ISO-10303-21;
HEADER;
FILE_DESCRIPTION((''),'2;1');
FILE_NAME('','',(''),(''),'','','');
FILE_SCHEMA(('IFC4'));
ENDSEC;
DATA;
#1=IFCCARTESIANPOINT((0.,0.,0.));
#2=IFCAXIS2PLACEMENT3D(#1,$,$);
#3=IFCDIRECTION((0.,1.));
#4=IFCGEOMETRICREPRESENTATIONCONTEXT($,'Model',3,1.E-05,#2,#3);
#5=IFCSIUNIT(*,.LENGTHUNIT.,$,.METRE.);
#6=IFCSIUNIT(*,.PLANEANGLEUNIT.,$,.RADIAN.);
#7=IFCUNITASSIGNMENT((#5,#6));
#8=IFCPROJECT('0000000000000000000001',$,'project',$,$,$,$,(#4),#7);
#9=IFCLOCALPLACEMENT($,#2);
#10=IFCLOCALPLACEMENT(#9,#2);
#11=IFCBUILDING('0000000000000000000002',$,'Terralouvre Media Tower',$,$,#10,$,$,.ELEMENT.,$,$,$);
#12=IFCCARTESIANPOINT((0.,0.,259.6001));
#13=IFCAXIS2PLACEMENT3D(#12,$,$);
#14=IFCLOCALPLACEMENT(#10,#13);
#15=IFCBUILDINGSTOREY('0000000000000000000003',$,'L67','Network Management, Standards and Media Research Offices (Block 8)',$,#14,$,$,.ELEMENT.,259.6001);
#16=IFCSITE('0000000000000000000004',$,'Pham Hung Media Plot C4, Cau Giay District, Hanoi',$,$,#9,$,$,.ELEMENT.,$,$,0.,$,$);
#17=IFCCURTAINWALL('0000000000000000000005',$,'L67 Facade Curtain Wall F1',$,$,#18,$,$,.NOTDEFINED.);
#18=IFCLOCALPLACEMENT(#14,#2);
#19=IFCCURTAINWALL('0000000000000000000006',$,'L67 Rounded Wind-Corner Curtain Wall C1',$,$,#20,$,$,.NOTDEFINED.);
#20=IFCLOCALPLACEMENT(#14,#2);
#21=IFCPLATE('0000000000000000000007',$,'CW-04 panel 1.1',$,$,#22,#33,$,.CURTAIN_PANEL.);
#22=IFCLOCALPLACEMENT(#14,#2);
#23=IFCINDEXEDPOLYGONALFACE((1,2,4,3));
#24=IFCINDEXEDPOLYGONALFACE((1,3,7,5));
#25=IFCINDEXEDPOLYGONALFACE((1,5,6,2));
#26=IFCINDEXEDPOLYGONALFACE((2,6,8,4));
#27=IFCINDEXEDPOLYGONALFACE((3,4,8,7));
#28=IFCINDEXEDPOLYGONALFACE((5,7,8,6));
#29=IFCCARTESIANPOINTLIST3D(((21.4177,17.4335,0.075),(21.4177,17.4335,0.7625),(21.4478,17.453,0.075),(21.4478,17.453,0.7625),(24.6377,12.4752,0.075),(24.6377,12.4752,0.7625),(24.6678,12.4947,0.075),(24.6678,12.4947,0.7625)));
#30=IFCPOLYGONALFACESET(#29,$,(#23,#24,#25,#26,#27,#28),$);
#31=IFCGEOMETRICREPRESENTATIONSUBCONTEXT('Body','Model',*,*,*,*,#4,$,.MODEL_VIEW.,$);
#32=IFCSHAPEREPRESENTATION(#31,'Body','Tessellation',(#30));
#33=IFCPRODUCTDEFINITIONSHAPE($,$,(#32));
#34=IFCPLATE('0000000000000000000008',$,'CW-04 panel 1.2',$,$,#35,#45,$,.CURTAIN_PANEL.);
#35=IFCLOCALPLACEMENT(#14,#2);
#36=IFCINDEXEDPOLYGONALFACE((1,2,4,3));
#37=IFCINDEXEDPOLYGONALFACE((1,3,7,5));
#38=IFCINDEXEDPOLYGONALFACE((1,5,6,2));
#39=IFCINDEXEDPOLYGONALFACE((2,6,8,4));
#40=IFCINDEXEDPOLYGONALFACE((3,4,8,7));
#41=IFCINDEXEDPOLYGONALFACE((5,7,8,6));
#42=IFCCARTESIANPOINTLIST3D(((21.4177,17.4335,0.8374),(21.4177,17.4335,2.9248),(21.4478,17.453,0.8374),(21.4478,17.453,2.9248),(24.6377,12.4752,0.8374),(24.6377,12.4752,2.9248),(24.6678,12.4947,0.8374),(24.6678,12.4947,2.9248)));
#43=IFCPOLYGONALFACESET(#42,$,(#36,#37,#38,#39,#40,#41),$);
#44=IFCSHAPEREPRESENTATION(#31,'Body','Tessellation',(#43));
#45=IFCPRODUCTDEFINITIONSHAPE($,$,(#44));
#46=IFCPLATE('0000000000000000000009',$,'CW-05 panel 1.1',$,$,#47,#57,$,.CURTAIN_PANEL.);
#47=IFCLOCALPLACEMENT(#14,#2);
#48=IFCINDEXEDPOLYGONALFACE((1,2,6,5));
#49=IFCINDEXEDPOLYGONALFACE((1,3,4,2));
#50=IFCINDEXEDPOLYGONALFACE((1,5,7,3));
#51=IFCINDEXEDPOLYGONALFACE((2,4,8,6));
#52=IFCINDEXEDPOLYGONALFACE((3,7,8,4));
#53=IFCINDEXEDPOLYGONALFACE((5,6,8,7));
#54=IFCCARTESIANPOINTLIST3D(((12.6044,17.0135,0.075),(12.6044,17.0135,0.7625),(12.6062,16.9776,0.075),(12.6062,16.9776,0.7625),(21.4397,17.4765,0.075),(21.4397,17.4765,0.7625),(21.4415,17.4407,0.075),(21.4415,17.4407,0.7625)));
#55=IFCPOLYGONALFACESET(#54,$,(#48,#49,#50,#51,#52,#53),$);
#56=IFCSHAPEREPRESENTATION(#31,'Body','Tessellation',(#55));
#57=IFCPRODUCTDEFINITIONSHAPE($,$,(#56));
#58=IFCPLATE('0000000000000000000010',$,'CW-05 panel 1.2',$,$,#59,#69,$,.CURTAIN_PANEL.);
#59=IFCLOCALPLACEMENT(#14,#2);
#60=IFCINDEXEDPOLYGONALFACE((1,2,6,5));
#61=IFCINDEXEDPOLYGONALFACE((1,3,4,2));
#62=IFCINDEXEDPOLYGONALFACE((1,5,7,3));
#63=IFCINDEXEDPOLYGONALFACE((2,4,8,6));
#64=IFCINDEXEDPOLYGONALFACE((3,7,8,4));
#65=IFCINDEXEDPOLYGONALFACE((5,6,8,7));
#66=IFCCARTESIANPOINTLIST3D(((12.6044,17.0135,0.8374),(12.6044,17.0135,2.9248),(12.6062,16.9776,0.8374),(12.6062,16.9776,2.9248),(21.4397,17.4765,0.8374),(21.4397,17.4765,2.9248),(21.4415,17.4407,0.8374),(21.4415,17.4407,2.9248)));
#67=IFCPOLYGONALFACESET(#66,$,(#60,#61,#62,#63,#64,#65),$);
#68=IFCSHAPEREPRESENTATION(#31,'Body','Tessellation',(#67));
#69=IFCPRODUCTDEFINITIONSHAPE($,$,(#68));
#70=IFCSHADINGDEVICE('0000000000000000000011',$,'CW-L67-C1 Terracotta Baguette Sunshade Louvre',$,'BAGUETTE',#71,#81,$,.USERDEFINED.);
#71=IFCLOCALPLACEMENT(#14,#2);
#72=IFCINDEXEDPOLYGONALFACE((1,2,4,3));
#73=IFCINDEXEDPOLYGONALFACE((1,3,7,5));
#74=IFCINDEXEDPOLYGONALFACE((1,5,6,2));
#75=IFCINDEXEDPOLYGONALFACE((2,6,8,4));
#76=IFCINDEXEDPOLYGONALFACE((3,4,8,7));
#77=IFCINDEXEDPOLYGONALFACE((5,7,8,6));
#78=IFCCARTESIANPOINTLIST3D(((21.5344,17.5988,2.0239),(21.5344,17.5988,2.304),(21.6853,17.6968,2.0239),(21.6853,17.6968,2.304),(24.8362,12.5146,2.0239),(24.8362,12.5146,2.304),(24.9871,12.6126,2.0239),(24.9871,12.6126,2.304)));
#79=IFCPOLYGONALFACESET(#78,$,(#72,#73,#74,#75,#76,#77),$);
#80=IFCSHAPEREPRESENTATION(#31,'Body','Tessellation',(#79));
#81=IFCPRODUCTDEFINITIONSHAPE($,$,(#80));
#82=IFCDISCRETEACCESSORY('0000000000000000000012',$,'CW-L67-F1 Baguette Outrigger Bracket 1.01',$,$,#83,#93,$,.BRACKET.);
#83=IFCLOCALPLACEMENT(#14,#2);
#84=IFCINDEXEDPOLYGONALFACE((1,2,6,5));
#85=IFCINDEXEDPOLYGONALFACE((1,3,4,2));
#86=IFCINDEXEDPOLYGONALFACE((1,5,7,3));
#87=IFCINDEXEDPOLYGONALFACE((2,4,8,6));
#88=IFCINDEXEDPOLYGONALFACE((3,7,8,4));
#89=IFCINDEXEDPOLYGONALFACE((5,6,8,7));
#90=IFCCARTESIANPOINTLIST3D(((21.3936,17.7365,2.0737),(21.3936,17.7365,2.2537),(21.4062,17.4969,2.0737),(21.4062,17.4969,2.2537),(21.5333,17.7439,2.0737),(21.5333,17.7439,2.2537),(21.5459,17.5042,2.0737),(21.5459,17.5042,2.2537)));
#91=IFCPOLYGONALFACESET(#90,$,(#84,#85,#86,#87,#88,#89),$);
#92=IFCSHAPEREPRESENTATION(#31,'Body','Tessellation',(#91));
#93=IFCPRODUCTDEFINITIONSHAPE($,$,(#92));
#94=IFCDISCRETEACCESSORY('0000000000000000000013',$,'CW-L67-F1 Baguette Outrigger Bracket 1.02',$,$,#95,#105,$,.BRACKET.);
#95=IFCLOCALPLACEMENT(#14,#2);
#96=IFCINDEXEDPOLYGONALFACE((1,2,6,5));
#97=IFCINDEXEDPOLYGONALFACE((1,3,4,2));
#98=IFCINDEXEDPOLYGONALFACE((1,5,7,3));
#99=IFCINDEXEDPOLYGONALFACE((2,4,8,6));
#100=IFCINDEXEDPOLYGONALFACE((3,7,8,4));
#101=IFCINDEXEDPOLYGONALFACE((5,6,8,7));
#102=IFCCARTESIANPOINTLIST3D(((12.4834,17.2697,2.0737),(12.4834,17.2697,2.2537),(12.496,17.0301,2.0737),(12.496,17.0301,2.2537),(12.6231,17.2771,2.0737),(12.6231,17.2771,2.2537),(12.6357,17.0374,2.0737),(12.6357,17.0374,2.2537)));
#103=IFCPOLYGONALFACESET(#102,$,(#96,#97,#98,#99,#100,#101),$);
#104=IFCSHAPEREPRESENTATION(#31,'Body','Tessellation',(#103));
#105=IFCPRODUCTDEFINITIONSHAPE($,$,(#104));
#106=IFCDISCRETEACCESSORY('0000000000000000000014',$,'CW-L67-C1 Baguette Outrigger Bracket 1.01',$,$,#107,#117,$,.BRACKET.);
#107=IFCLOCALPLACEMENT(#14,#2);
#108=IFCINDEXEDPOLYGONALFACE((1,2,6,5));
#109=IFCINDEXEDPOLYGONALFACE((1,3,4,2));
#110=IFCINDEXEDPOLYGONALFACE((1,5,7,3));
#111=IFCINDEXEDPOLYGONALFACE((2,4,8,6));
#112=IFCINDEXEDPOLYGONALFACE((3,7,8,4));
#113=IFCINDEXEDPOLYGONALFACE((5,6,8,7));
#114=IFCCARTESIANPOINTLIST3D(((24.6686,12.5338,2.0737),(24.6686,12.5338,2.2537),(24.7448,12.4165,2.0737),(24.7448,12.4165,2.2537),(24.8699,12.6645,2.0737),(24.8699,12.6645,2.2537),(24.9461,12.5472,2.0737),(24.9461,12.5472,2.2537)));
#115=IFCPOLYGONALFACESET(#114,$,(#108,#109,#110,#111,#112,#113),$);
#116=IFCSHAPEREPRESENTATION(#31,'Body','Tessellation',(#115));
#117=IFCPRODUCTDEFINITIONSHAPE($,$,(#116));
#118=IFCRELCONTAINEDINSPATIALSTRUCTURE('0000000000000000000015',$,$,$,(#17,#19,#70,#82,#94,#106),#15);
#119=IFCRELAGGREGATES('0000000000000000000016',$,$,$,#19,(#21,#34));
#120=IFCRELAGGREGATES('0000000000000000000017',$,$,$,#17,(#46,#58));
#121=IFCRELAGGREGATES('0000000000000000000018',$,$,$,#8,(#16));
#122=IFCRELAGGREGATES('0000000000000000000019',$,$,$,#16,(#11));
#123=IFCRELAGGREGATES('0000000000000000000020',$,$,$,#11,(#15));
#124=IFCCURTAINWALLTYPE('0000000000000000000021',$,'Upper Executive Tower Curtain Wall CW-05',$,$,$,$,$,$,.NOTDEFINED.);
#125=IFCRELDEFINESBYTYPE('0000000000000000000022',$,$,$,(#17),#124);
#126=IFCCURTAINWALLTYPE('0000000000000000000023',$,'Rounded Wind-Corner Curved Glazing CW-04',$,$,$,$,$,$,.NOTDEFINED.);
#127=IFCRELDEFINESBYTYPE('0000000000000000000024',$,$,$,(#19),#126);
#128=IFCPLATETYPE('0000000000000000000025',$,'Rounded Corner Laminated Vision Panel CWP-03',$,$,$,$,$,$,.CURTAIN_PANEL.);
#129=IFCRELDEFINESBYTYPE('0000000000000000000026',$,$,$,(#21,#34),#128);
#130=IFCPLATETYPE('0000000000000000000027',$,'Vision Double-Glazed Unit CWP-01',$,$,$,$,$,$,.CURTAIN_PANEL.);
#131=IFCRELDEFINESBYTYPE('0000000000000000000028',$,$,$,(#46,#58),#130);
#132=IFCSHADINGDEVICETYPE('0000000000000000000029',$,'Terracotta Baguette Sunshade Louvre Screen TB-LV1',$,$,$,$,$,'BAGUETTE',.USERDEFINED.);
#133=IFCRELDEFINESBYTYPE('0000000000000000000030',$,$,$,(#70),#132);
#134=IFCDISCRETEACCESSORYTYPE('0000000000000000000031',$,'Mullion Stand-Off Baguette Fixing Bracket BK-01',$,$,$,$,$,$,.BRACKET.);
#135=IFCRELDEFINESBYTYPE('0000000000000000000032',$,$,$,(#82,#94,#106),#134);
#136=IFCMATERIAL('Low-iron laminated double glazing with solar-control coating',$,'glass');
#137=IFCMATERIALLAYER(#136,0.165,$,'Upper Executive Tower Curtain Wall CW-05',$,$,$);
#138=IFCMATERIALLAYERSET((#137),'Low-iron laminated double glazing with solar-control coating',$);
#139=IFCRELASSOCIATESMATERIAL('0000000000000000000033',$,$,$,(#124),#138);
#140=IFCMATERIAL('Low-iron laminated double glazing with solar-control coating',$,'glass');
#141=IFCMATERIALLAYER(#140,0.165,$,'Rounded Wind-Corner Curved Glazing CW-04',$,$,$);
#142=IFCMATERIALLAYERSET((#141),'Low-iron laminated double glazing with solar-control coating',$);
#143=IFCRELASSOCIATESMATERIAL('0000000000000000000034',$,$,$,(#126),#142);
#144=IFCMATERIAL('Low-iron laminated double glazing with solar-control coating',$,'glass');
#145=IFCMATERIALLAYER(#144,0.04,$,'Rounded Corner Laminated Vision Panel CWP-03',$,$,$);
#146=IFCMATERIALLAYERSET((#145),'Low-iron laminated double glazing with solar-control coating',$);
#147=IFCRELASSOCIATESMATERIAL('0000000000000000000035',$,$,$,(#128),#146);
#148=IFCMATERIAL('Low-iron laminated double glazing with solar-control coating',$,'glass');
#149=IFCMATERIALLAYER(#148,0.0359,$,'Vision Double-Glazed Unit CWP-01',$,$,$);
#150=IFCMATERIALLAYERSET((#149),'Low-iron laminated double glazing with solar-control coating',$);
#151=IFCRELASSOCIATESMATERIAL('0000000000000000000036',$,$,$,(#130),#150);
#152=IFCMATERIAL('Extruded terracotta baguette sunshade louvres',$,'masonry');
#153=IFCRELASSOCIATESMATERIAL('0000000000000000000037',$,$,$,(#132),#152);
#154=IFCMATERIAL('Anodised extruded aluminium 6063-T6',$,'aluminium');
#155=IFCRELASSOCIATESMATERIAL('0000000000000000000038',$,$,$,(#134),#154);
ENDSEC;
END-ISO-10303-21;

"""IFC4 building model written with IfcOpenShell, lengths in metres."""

from ifc_helpers import new_model, si_unit, direction, frame, origin, origin_2d, place, context, subcontext, project, spatial, rectangle, extrude, material, layer, layer_set, type_object, element, aggregate, save


model = new_model("IFC4")

# Units and contexts
model_context = context("Model", 3, precision=1e-05, world=origin(), true_north=direction((0.0, 1.0)))
body_context = subcontext(model_context, "Body", "Model", "MODEL_VIEW")
ifc_project = project(units=[si_unit("LENGTHUNIT", "METRE"), si_unit("PLANEANGLEUNIT", "RADIAN")], contexts=[model_context])

# Site, building, storey
site_placement = place(None, origin())
site = spatial("IfcSite", under=ifc_project, at=site_placement, Name="Pham Hung Media Plot C4, Cau Giay District, Hanoi", CompositionType="ELEMENT", RefElevation=0.0)
building_placement = place(site_placement, origin())
building = spatial("IfcBuilding", under=site, at=building_placement, Name="Terralouvre Media Tower", CompositionType="ELEMENT")
storey_placement = place(building_placement, frame((0.0, 0.0, 259.6001)))
storey = spatial("IfcBuildingStorey", under=building, at=storey_placement, Name="L67", Description="Network Management, Standards and Media Research Offices (Block 8)", CompositionType="ELEMENT", Elevation=259.6001)

# Curtain walls
ifc_material_1 = material(Name="Low-iron laminated double glazing with solar-control coating", Category="glass")
ifc_layer_1 = layer(ifc_material_1, 0.165, Name="Upper Executive Tower Curtain Wall CW-05")
ifc_layer_set_1 = layer_set([ifc_layer_1], Name="Low-iron laminated double glazing with solar-control coating")
curtain_wall_type_1 = type_object("IfcCurtainWallType", Name="Upper Executive Tower Curtain Wall CW-05", PredefinedType="NOTDEFINED", material=ifc_layer_set_1)
curtain_wall_1_placement = place(storey_placement, origin())
curtain_wall_1 = element("IfcCurtainWall", 1, at=curtain_wall_1_placement, inside=storey, type_object=curtain_wall_type_1, Name="L67 Facade Curtain Wall F1", PredefinedType="NOTDEFINED")
ifc_material_2 = material(Name="Low-iron laminated double glazing with solar-control coating", Category="glass")
ifc_layer_2 = layer(ifc_material_2, 0.165, Name="Rounded Wind-Corner Curved Glazing CW-04")
ifc_layer_set_2 = layer_set([ifc_layer_2], Name="Low-iron laminated double glazing with solar-control coating")
curtain_wall_type_2 = type_object("IfcCurtainWallType", Name="Rounded Wind-Corner Curved Glazing CW-04", PredefinedType="NOTDEFINED", material=ifc_layer_set_2)
curtain_wall_2_placement = place(storey_placement, origin())
curtain_wall_2 = element("IfcCurtainWall", 2, at=curtain_wall_2_placement, inside=storey, type_object=curtain_wall_type_2, Name="L67 Rounded Wind-Corner Curtain Wall C1", PredefinedType="NOTDEFINED")

# Plates
ifc_material_3 = material(Name="Low-iron laminated double glazing with solar-control coating", Category="glass")
ifc_layer_3 = layer(ifc_material_3, 0.04, Name="Rounded Corner Laminated Vision Panel CWP-03")
ifc_layer_set_3 = layer_set([ifc_layer_3], Name="Low-iron laminated double glazing with solar-control coating")
plate_type_1 = type_object("IfcPlateType", Name="Rounded Corner Laminated Vision Panel CWP-03", PredefinedType="CURTAIN_PANEL", material=ifc_layer_set_3)
plate_1_placement = place(storey_placement, frame((23.0427, 14.9641, 0.075), z_axis=(0.0, 0.0, 1.0), x_axis=(-0.544639, 0.83867, 0.0)))
plate_1 = element("IfcPlate", 3, at=plate_1_placement, type_object=plate_type_1, Name="CW-04 panel 1.1", PredefinedType="CURTAIN_PANEL", context=body_context, shape_type="SweptSolid", body=[
    extrude(rectangle(XDim=5.9121, YDim=0.0359, at=origin_2d()), origin(), (0.0, 0.0, 1.0), 0.6875),
])
plate_2_placement = place(storey_placement, frame((23.0427, 14.9641, 0.8374), z_axis=(0.0, 0.0, 1.0), x_axis=(-0.544639, 0.83867, 0.0)))
plate_2 = element("IfcPlate", 4, at=plate_2_placement, type_object=plate_type_1, Name="CW-04 panel 1.2", PredefinedType="CURTAIN_PANEL", context=body_context, shape_type="SweptSolid", body=[
    extrude(rectangle(XDim=5.9121, YDim=0.0359, at=origin_2d()), origin(), (0.0, 0.0, 1.0), 2.0874),
])
aggregate(curtain_wall_2, [plate_1, plate_2])
ifc_material_4 = material(Name="Low-iron laminated double glazing with solar-control coating", Category="glass")
ifc_layer_4 = layer(ifc_material_4, 0.0359, Name="Vision Double-Glazed Unit CWP-01")
ifc_layer_set_4 = layer_set([ifc_layer_4], Name="Low-iron laminated double glazing with solar-control coating")
plate_type_2 = type_object("IfcPlateType", Name="Vision Double-Glazed Unit CWP-01", PredefinedType="CURTAIN_PANEL", material=ifc_layer_set_4)
plate_3_placement = place(storey_placement, frame((17.0229, 17.2271, 0.075), z_axis=(0.0, 0.0, 1.0), x_axis=(-0.99863, -0.052336, 0.0)))
plate_3 = element("IfcPlate", 5, at=plate_3_placement, type_object=plate_type_2, Name="CW-05 panel 1.1", PredefinedType="CURTAIN_PANEL", context=body_context, shape_type="SweptSolid", body=[
    extrude(rectangle(XDim=8.8474, YDim=0.0359, at=origin_2d()), origin(), (0.0, 0.0, 1.0), 0.6875),
])
plate_4_placement = place(storey_placement, frame((17.0229, 17.2271, 0.8374), z_axis=(0.0, 0.0, 1.0), x_axis=(-0.99863, -0.052336, 0.0)))
plate_4 = element("IfcPlate", 6, at=plate_4_placement, type_object=plate_type_2, Name="CW-05 panel 1.2", PredefinedType="CURTAIN_PANEL", context=body_context, shape_type="SweptSolid", body=[
    extrude(rectangle(XDim=8.8474, YDim=0.0359, at=origin_2d()), origin(), (0.0, 0.0, 1.0), 2.0874),
])
aggregate(curtain_wall_1, [plate_3, plate_4])

# Shading device
ifc_material_5 = material(Name="Extruded terracotta baguette sunshade louvres", Category="masonry")
shading_device_type = type_object("IfcShadingDeviceType", Name="Terracotta Baguette Sunshade Louvre Screen TB-LV1", ElementType="BAGUETTE", PredefinedType="USERDEFINED", material=ifc_material_5)
shading_device_placement = place(storey_placement, frame((23.2607, 15.1057, 2.0239), z_axis=(0.0, 0.0, 1.0), x_axis=(-0.544639, 0.83867, 0.0)))
element("IfcShadingDevice", 7, at=shading_device_placement, inside=storey, type_object=shading_device_type, Name="CW-L67-C1 Terracotta Baguette Sunshade Louvre", ObjectType="BAGUETTE", PredefinedType="USERDEFINED", context=body_context, shape_type="SweptSolid", body=[
    extrude(rectangle(XDim=6.0623, YDim=0.1799, at=origin_2d()), origin(), (0.0, 0.0, 1.0), 0.28),
])

# Discrete accessories
ifc_material_6 = material(Name="Anodised extruded aluminium 6063-T6", Category="aluminium")
discrete_accessory_type = type_object("IfcDiscreteAccessoryType", Name="Mullion Stand-Off Baguette Fixing Bracket BK-01", PredefinedType="BRACKET", material=ifc_material_6)
for number, where, z_axis, x_axis, name in (
    (8, (21.4697, 17.6204, 2.0737), (0.0, 0.0, 1.0), (-0.99863, -0.052336, 0.0), "CW-L67-F1 Baguette Outrigger Bracket 1.01"),
    (9, (12.5596, 17.1536, 2.0737), (0.0, 0.0, 1.0), (-0.99863, -0.052336, 0.0), "CW-L67-F1 Baguette Outrigger Bracket 1.02"),
    (10, (24.8074, 12.5405, 2.0737), (0.0, 0.0, 1.0), (-0.544639, 0.83867, 0.0), "CW-L67-C1 Baguette Outrigger Bracket 1.01"),
):
    element("IfcDiscreteAccessory", number, at=place(storey_placement, frame(where, z_axis=z_axis, x_axis=x_axis)), inside=storey, type_object=discrete_accessory_type, Name=name, PredefinedType="BRACKET", context=body_context, shape_type="SweptSolid", body=[
        extrude(rectangle(XDim=0.1399, YDim=0.24, at=origin_2d()), origin(), (0.0, 0.0, 1.0), 0.1799),
    ])

save(model, "model.ifc")
